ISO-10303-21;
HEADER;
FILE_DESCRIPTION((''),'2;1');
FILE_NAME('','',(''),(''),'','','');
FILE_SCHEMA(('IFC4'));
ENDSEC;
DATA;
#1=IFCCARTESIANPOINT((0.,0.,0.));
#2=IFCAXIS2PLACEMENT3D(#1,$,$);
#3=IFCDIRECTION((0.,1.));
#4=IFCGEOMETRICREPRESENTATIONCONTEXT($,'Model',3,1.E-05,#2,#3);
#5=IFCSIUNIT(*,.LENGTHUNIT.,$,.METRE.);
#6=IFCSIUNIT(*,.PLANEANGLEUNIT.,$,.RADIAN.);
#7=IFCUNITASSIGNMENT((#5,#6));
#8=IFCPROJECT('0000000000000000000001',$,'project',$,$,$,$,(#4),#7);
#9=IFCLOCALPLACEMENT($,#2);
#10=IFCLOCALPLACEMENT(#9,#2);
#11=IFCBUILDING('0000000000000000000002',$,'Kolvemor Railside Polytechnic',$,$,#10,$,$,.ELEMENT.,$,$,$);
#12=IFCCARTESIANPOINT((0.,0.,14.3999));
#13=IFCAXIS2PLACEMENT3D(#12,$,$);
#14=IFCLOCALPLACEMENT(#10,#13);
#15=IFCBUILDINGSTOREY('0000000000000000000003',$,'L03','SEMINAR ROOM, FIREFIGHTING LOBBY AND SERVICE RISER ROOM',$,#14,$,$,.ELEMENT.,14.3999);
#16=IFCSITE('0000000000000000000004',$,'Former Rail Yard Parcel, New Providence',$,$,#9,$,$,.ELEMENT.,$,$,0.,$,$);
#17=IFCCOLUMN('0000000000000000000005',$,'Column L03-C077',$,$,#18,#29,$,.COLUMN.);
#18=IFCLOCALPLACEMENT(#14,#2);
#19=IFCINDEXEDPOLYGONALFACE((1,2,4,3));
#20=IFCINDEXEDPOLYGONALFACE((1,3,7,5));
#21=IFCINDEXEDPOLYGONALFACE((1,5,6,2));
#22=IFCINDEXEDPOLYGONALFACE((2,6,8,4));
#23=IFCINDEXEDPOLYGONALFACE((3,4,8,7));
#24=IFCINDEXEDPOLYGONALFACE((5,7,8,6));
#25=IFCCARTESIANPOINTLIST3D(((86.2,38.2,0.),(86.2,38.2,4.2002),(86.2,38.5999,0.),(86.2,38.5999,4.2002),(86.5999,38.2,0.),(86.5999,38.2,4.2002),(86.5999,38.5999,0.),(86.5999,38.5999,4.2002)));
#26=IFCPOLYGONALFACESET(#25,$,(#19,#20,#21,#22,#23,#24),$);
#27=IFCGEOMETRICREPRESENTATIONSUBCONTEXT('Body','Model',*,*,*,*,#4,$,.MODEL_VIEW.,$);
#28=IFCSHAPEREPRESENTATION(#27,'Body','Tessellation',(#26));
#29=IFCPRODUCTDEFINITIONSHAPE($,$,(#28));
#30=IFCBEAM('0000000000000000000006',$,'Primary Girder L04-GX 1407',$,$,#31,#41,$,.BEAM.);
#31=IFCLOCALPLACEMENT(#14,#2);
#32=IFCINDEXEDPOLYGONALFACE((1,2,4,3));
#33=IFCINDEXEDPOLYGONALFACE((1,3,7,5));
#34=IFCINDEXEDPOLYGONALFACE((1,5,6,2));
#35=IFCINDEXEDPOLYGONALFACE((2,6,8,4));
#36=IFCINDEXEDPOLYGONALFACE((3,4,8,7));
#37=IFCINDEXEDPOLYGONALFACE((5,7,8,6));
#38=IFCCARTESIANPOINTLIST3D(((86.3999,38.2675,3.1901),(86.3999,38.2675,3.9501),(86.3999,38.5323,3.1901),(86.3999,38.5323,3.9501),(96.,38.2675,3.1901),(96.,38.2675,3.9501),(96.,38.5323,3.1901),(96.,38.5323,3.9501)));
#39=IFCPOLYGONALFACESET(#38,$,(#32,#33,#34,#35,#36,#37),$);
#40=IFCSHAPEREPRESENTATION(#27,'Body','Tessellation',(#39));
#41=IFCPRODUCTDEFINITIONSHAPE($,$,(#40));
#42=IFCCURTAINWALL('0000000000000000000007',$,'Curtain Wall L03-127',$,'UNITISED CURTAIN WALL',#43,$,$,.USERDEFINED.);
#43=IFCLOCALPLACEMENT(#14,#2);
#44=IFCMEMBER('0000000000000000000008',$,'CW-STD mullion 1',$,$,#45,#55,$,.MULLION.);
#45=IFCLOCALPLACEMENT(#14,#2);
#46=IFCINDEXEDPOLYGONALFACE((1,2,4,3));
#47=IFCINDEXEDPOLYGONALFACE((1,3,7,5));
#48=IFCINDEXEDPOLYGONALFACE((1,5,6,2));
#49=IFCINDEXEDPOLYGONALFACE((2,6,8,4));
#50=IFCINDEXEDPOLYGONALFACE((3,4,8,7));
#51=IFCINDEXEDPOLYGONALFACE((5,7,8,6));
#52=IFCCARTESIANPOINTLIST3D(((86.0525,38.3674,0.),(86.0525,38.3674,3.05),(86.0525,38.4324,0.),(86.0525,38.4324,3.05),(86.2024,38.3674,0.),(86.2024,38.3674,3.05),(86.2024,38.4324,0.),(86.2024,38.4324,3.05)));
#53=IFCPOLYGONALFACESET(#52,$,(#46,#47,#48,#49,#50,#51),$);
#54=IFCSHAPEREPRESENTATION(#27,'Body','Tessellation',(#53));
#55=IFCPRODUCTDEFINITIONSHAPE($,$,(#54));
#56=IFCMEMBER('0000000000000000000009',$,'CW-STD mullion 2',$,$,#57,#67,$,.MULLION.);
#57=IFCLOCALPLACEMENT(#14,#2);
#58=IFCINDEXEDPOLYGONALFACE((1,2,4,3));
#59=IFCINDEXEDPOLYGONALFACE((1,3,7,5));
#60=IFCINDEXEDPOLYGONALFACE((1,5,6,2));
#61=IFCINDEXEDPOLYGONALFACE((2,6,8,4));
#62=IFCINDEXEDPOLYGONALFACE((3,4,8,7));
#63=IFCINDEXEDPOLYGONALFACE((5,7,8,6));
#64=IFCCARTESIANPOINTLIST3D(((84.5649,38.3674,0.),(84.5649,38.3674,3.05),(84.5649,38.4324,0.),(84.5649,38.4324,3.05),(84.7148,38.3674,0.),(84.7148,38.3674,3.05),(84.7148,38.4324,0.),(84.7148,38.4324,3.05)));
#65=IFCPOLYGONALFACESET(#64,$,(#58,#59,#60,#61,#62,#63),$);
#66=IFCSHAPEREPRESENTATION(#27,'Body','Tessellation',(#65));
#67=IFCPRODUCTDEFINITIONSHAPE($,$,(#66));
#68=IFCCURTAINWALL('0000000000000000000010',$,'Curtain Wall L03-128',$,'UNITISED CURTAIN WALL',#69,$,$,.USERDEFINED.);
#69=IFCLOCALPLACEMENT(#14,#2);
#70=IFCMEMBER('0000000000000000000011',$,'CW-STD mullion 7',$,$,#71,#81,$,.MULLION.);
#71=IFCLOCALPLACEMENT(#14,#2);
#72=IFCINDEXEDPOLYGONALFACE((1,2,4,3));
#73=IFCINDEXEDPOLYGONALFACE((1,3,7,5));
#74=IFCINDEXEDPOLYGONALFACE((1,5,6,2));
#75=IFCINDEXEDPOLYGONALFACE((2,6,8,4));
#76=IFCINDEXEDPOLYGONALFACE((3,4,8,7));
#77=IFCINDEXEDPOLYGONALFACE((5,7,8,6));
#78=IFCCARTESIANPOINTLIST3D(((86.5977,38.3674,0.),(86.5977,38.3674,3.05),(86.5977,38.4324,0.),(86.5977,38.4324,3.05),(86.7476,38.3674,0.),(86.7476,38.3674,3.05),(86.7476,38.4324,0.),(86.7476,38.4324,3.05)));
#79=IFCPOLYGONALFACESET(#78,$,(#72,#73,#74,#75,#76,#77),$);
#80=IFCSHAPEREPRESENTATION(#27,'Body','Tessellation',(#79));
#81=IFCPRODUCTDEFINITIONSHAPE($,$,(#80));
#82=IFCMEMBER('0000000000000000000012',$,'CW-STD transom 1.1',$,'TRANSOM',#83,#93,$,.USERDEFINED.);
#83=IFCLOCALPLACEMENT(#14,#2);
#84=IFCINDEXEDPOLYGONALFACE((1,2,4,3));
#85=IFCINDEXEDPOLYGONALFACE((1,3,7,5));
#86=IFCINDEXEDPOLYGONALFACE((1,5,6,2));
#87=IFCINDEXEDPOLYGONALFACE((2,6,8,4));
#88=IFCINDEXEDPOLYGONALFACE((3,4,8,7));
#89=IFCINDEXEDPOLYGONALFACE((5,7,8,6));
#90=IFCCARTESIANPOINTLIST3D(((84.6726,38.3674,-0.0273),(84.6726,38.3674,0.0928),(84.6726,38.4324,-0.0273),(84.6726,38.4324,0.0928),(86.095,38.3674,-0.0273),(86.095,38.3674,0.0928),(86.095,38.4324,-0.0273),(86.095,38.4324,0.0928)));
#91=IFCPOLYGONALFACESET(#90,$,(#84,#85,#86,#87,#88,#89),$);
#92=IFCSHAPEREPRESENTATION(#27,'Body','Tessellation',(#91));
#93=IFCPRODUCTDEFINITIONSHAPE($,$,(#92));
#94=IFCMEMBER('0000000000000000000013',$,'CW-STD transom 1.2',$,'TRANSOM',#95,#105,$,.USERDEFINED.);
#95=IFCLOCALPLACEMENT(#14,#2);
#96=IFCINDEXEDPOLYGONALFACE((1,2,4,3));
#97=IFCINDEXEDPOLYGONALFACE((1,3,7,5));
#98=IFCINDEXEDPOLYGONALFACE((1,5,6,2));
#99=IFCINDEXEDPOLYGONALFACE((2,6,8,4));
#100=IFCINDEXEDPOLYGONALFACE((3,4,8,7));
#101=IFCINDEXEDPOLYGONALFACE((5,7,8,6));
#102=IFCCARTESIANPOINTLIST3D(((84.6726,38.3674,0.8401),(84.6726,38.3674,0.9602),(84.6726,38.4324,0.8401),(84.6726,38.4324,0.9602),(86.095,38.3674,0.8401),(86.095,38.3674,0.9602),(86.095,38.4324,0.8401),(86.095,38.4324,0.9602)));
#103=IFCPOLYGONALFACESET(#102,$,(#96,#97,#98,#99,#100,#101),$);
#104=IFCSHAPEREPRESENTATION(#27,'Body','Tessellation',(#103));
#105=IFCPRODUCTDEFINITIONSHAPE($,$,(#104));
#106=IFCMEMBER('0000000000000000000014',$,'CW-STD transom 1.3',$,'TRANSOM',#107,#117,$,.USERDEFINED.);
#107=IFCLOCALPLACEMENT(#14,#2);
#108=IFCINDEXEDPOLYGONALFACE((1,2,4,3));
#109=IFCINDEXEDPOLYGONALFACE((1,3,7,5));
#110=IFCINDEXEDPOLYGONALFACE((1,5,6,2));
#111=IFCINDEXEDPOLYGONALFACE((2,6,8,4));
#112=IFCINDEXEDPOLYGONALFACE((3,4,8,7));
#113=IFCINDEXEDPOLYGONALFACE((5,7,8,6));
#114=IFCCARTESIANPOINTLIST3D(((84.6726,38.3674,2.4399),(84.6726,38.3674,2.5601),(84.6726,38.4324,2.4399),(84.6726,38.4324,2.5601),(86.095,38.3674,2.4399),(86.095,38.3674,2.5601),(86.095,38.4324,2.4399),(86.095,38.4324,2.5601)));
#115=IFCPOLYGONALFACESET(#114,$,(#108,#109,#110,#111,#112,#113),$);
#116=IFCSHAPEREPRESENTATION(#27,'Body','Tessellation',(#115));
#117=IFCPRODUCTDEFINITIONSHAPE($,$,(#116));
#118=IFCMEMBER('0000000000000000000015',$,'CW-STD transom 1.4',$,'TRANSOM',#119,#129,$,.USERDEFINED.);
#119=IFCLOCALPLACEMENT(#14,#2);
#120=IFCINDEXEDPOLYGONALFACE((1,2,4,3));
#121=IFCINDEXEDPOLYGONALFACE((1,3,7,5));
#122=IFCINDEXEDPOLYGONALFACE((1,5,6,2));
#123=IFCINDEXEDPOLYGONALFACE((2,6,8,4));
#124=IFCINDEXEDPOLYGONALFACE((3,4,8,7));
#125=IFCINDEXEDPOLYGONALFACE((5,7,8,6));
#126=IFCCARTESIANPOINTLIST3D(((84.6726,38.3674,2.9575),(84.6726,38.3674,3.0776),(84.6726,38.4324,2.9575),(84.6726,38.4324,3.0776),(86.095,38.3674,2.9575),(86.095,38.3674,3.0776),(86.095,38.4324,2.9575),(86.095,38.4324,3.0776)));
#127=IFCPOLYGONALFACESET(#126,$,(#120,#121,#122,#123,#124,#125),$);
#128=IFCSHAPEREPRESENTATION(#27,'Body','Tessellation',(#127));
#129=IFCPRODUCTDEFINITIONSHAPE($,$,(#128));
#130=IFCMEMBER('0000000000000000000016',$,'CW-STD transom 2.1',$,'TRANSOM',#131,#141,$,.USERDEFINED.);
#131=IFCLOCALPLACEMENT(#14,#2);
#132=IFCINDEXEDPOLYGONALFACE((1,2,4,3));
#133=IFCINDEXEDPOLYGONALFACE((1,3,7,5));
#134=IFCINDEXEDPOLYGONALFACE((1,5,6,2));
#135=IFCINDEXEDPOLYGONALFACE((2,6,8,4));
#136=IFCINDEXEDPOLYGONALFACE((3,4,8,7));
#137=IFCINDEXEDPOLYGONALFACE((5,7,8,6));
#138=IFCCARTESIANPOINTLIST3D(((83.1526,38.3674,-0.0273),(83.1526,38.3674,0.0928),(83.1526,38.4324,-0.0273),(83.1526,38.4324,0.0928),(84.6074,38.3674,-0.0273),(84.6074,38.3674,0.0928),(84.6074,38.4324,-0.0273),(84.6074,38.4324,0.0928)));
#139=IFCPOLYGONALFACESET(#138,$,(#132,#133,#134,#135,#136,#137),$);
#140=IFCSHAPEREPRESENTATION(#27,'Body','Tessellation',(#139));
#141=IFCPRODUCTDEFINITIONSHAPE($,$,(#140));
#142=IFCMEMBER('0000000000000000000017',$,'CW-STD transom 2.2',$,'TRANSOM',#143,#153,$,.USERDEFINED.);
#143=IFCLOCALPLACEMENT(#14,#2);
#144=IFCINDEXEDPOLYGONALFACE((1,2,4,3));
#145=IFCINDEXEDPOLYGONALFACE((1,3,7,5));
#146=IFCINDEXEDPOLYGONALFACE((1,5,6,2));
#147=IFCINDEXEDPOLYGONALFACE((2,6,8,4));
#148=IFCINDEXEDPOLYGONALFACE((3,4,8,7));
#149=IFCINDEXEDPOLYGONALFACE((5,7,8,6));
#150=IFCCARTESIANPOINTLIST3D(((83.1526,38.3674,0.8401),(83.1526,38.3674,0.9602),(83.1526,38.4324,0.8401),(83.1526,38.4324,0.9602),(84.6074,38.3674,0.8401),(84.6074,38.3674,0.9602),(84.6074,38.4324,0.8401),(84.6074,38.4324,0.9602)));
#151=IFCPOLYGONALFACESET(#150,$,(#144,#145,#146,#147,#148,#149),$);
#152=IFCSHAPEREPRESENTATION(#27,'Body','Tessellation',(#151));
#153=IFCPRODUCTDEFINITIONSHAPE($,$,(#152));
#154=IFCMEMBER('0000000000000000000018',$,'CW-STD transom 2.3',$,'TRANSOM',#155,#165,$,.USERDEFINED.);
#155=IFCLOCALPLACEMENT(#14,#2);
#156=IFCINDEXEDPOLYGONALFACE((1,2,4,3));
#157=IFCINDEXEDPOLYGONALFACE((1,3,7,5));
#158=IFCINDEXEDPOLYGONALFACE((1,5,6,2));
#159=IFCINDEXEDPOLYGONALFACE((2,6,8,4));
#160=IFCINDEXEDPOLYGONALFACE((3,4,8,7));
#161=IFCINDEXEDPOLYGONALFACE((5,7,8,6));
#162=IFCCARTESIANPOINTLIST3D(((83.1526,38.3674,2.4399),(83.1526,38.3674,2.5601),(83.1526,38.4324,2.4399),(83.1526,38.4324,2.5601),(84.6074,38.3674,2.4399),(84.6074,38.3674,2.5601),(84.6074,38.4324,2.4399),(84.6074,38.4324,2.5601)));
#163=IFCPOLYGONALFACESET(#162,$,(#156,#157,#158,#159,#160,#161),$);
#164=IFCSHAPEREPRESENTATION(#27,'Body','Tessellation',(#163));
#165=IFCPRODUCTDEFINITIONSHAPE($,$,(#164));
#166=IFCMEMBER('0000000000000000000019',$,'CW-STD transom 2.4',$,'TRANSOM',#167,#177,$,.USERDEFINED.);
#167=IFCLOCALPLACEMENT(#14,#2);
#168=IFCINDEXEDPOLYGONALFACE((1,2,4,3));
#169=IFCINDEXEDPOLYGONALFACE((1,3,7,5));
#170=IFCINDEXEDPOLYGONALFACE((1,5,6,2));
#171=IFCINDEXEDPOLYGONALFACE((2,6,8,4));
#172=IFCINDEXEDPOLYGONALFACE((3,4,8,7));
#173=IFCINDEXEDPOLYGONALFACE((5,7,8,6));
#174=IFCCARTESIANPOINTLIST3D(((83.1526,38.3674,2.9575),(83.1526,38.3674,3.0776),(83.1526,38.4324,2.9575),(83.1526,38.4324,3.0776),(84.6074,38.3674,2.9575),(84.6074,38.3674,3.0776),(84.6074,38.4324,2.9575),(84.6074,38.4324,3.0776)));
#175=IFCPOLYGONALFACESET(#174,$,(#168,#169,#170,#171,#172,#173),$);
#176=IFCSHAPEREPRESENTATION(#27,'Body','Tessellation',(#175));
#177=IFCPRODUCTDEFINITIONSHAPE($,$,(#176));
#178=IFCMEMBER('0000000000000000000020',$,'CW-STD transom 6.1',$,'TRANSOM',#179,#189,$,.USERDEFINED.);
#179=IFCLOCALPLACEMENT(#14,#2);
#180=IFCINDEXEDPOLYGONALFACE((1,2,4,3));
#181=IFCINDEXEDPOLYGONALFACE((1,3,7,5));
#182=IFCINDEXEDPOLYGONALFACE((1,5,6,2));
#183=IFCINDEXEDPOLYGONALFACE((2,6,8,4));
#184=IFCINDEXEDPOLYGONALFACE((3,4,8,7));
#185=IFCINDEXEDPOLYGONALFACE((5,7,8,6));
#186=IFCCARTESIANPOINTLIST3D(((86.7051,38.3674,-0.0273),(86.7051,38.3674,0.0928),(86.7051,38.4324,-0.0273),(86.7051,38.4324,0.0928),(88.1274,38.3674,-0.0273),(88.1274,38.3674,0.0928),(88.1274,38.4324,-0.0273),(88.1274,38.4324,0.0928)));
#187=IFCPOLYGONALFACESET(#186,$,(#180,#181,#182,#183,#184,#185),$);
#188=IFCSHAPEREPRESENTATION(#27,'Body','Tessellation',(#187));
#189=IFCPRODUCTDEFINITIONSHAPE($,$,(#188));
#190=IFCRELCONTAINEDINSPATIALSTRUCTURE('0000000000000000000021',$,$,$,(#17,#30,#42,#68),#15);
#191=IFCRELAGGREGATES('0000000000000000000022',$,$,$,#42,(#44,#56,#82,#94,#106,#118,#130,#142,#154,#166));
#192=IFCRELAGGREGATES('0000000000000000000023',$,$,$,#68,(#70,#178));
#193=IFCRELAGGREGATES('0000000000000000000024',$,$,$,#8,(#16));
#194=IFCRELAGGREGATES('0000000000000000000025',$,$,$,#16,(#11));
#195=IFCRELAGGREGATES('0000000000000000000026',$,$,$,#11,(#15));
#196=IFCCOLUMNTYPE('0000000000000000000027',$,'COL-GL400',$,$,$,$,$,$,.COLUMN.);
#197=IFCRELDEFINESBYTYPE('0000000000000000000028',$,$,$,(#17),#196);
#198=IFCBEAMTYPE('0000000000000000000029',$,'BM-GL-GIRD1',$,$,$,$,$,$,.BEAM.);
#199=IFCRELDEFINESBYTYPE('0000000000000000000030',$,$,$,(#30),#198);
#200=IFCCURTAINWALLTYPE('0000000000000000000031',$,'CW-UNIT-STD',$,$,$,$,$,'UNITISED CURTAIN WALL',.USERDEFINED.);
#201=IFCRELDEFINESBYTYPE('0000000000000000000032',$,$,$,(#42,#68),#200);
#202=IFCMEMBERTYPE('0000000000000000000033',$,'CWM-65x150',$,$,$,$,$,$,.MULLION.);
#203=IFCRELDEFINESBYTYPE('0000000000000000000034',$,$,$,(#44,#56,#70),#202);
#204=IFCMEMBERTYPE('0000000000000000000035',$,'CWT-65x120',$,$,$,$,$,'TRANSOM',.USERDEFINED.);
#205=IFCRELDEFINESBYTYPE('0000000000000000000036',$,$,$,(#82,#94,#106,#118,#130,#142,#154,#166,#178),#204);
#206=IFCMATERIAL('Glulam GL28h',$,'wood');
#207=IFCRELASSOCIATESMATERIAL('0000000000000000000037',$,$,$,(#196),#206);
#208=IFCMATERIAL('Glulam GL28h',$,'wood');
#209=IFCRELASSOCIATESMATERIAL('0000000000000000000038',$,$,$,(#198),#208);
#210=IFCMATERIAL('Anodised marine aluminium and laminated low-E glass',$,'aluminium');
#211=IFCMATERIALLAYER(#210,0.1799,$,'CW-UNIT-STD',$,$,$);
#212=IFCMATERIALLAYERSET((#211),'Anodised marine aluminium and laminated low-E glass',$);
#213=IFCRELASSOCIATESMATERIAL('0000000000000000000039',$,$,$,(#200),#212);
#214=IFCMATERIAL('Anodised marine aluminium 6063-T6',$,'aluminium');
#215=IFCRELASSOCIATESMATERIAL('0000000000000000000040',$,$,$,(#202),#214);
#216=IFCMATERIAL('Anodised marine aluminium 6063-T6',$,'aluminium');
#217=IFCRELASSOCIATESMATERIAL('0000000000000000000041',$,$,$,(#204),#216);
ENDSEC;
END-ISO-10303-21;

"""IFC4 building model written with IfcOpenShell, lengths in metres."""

from ifc_helpers import new_model, si_unit, direction, frame, origin, origin_2d, place, context, subcontext, project, spatial, rectangle, extrude, material, layer, layer_set, material_profile, profile_set, type_object, element, aggregate, save


model = new_model("IFC4")

# Units and contexts
model_context = context("Model", 3, precision=1e-05, world=origin(), true_north=direction((0.0, 1.0)))
body_context = subcontext(model_context, "Body", "Model", "MODEL_VIEW")
ifc_project = project(units=[si_unit("LENGTHUNIT", "METRE"), si_unit("PLANEANGLEUNIT", "RADIAN")], contexts=[model_context])

# Site, building, storey
site_placement = place(None, origin())
site = spatial("IfcSite", under=ifc_project, at=site_placement, Name="Former Rail Yard Parcel, New Providence", CompositionType="ELEMENT", RefElevation=0.0)
building_placement = place(site_placement, origin())
building = spatial("IfcBuilding", under=site, at=building_placement, Name="Kolvemor Railside Polytechnic", CompositionType="ELEMENT")
storey_placement = place(building_placement, frame((0.0, 0.0, 14.3999)))
storey = spatial("IfcBuildingStorey", under=building, at=storey_placement, Name="L03", Description="SEMINAR ROOM, FIREFIGHTING LOBBY AND SERVICE RISER ROOM", CompositionType="ELEMENT", Elevation=14.3999)

# Column
ifc_material_1 = material(Name="Glulam GL28h", Category="wood")
ifc_material_profile_1 = material_profile(ifc_material_1, rectangle(XDim=0.3999, YDim=0.3999, at=origin_2d()), Name="GL400x400")
ifc_profile_set_1 = profile_set([ifc_material_profile_1], Name="Glulam GL28h")
column_type = type_object("IfcColumnType", Name="COL-GL400", PredefinedType="COLUMN", material=ifc_profile_set_1)
column_placement = place(storey_placement, frame((86.3999, 38.3999, 0.0), z_axis=(0.0, 0.0, 1.0), x_axis=(1.0, 0.0, 0.0)))
element("IfcColumn", 1, at=column_placement, inside=storey, type_object=column_type, Name="Column L03-C077", PredefinedType="COLUMN", context=body_context, shape_type="SweptSolid", body=[
    extrude(rectangle(XDim=0.3999, YDim=0.3999, at=origin_2d()), origin(), (0.0, 0.0, 1.0), 4.2002),
])

# Beam
ifc_material_2 = material(Name="Glulam GL28h", Category="wood")
ifc_material_profile_2 = material_profile(ifc_material_2, rectangle(XDim=0.2649, YDim=0.76, at=origin_2d()), Name="GL265x760")
ifc_profile_set_2 = profile_set([ifc_material_profile_2], Name="Glulam GL28h")
beam_type = type_object("IfcBeamType", Name="BM-GL-GIRD1", PredefinedType="BEAM", material=ifc_profile_set_2)
beam_placement = place(storey_placement, frame((86.3999, 38.3999, 3.5701), z_axis=(1.0, 0.0, 0.0), x_axis=(0.0, 1.0, 0.0)))
element("IfcBeam", 2, at=beam_placement, inside=storey, type_object=beam_type, Name="Primary Girder L04-GX 1407", PredefinedType="BEAM", context=body_context, shape_type="SweptSolid", body=[
    extrude(rectangle(XDim=0.2649, YDim=0.76, at=origin_2d()), origin(), (0.0, 0.0, 1.0), 9.6001),
])

# Curtain wall, members
ifc_material_3 = material(Name="Anodised marine aluminium and laminated low-E glass", Category="aluminium")
ifc_layer_1 = layer(ifc_material_3, 0.1799, Name="CW-UNIT-STD")
ifc_layer_set_1 = layer_set([ifc_layer_1], Name="Anodised marine aluminium and laminated low-E glass")
curtain_wall_type = type_object("IfcCurtainWallType", Name="CW-UNIT-STD", ElementType="UNITISED CURTAIN WALL", PredefinedType="USERDEFINED", material=ifc_layer_set_1)
curtain_wall_1_placement = place(storey_placement, origin())
curtain_wall_1 = element("IfcCurtainWall", 3, at=curtain_wall_1_placement, inside=storey, type_object=curtain_wall_type, Name="Curtain Wall L03-127", ObjectType="UNITISED CURTAIN WALL", PredefinedType="USERDEFINED")
ifc_material_4 = material(Name="Anodised marine aluminium 6063-T6", Category="aluminium")
ifc_material_profile_3 = material_profile(ifc_material_4, rectangle(XDim=0.0649, YDim=0.1499, at=origin_2d()), Name="CW-MUL-65x150")
ifc_profile_set_3 = profile_set([ifc_material_profile_3], Name="Anodised marine aluminium 6063-T6")
member_type_1 = type_object("IfcMemberType", Name="CWM-65x150", PredefinedType="MULLION", material=ifc_profile_set_3)
member_1_placement = place(storey_placement, frame((86.1274, 38.3999, 0.0), z_axis=(0.0, 0.0, 1.0), x_axis=(0.0, -1.0, 0.0)))
member_1 = element("IfcMember", 4, at=member_1_placement, type_object=member_type_1, Name="CW-STD mullion 1", PredefinedType="MULLION", context=body_context, shape_type="SweptSolid", body=[
    extrude(rectangle(XDim=0.0649, YDim=0.1499, at=origin_2d()), origin(), (0.0, 0.0, 1.0), 3.05),
])
member_2_placement = place(storey_placement, frame((84.6399, 38.3999, 0.0), z_axis=(0.0, 0.0, 1.0), x_axis=(0.0, -1.0, 0.0)))
member_2 = element("IfcMember", 5, at=member_2_placement, type_object=member_type_1, Name="CW-STD mullion 2", PredefinedType="MULLION", context=body_context, shape_type="SweptSolid", body=[
    extrude(rectangle(XDim=0.0649, YDim=0.1499, at=origin_2d()), origin(), (0.0, 0.0, 1.0), 3.05),
])

# Curtain wall, member
curtain_wall_2_placement = place(storey_placement, origin())
curtain_wall_2 = element("IfcCurtainWall", 6, at=curtain_wall_2_placement, inside=storey, type_object=curtain_wall_type, Name="Curtain Wall L03-128", ObjectType="UNITISED CURTAIN WALL", PredefinedType="USERDEFINED")
member_3_placement = place(storey_placement, frame((86.6726, 38.3999, 0.0), z_axis=(0.0, 0.0, 1.0), x_axis=(0.0, -1.0, 0.0)))
member_3 = element("IfcMember", 7, at=member_3_placement, type_object=member_type_1, Name="CW-STD mullion 7", PredefinedType="MULLION", context=body_context, shape_type="SweptSolid", body=[
    extrude(rectangle(XDim=0.0649, YDim=0.1499, at=origin_2d()), origin(), (0.0, 0.0, 1.0), 3.05),
])

# Members
ifc_material_5 = material(Name="Anodised marine aluminium 6063-T6", Category="aluminium")
ifc_material_profile_4 = material_profile(ifc_material_5, rectangle(XDim=0.0649, YDim=0.1201, at=origin_2d()), Name="CW-TRN-65x120")
ifc_profile_set_4 = profile_set([ifc_material_profile_4], Name="Anodised marine aluminium 6063-T6")
member_type_2 = type_object("IfcMemberType", Name="CWT-65x120", ElementType="TRANSOM", PredefinedType="USERDEFINED", material=ifc_profile_set_4)
member_4_placement = place(storey_placement, frame((86.095, 38.3999, 0.0327), z_axis=(-1.0, 0.0, 0.0), x_axis=(0.0, -1.0, 0.0)))
member_4 = element("IfcMember", 8, at=member_4_placement, type_object=member_type_2, Name="CW-STD transom 1.1", ObjectType="TRANSOM", PredefinedType="USERDEFINED", context=body_context, shape_type="SweptSolid", body=[
    extrude(rectangle(XDim=0.0649, YDim=0.1201, at=origin_2d()), origin(), (0.0, 0.0, 1.0), 1.4224),
])
member_5_placement = place(storey_placement, frame((86.095, 38.3999, 0.9001), z_axis=(-1.0, 0.0, 0.0), x_axis=(0.0, -1.0, 0.0)))
member_5 = element("IfcMember", 9, at=member_5_placement, type_object=member_type_2, Name="CW-STD transom 1.2", ObjectType="TRANSOM", PredefinedType="USERDEFINED", context=body_context, shape_type="SweptSolid", body=[
    extrude(rectangle(XDim=0.0649, YDim=0.1201, at=origin_2d()), origin(), (0.0, 0.0, 1.0), 1.4224),
])
member_6_placement = place(storey_placement, frame((86.095, 38.3999, 2.5), z_axis=(-1.0, 0.0, 0.0), x_axis=(0.0, -1.0, 0.0)))
member_6 = element("IfcMember", 10, at=member_6_placement, type_object=member_type_2, Name="CW-STD transom 1.3", ObjectType="TRANSOM", PredefinedType="USERDEFINED", context=body_context, shape_type="SweptSolid", body=[
    extrude(rectangle(XDim=0.0649, YDim=0.1201, at=origin_2d()), origin(), (0.0, 0.0, 1.0), 1.4224),
])
member_7_placement = place(storey_placement, frame((86.095, 38.3999, 3.0176), z_axis=(-1.0, 0.0, 0.0), x_axis=(0.0, -1.0, 0.0)))
member_7 = element("IfcMember", 11, at=member_7_placement, type_object=member_type_2, Name="CW-STD transom 1.4", ObjectType="TRANSOM", PredefinedType="USERDEFINED", context=body_context, shape_type="SweptSolid", body=[
    extrude(rectangle(XDim=0.0649, YDim=0.1201, at=origin_2d()), origin(), (0.0, 0.0, 1.0), 1.4224),
])
member_8_placement = place(storey_placement, frame((84.6074, 38.3999, 0.0327), z_axis=(-1.0, 0.0, 0.0), x_axis=(0.0, -1.0, 0.0)))
member_8 = element("IfcMember", 12, at=member_8_placement, type_object=member_type_2, Name="CW-STD transom 2.1", ObjectType="TRANSOM", PredefinedType="USERDEFINED", context=body_context, shape_type="SweptSolid", body=[
    extrude(rectangle(XDim=0.0649, YDim=0.1201, at=origin_2d()), origin(), (0.0, 0.0, 1.0), 1.4548),
])
member_9_placement = place(storey_placement, frame((84.6074, 38.3999, 0.9001), z_axis=(-1.0, 0.0, 0.0), x_axis=(0.0, -1.0, 0.0)))
member_9 = element("IfcMember", 13, at=member_9_placement, type_object=member_type_2, Name="CW-STD transom 2.2", ObjectType="TRANSOM", PredefinedType="USERDEFINED", context=body_context, shape_type="SweptSolid", body=[
    extrude(rectangle(XDim=0.0649, YDim=0.1201, at=origin_2d()), origin(), (0.0, 0.0, 1.0), 1.4548),
])
member_10_placement = place(storey_placement, frame((84.6074, 38.3999, 2.5), z_axis=(-1.0, 0.0, 0.0), x_axis=(0.0, -1.0, 0.0)))
member_10 = element("IfcMember", 14, at=member_10_placement, type_object=member_type_2, Name="CW-STD transom 2.3", ObjectType="TRANSOM", PredefinedType="USERDEFINED", context=body_context, shape_type="SweptSolid", body=[
    extrude(rectangle(XDim=0.0649, YDim=0.1201, at=origin_2d()), origin(), (0.0, 0.0, 1.0), 1.4548),
])
member_11_placement = place(storey_placement, frame((84.6074, 38.3999, 3.0176), z_axis=(-1.0, 0.0, 0.0), x_axis=(0.0, -1.0, 0.0)))
member_11 = element("IfcMember", 15, at=member_11_placement, type_object=member_type_2, Name="CW-STD transom 2.4", ObjectType="TRANSOM", PredefinedType="USERDEFINED", context=body_context, shape_type="SweptSolid", body=[
    extrude(rectangle(XDim=0.0649, YDim=0.1201, at=origin_2d()), origin(), (0.0, 0.0, 1.0), 1.4548),
])
member_12_placement = place(storey_placement, frame((88.1274, 38.3999, 0.0327), z_axis=(-1.0, 0.0, 0.0), x_axis=(0.0, -1.0, 0.0)))
member_12 = element("IfcMember", 16, at=member_12_placement, type_object=member_type_2, Name="CW-STD transom 6.1", ObjectType="TRANSOM", PredefinedType="USERDEFINED", context=body_context, shape_type="SweptSolid", body=[
    extrude(rectangle(XDim=0.0649, YDim=0.1201, at=origin_2d()), origin(), (0.0, 0.0, 1.0), 1.4224),
])

aggregate(curtain_wall_1, [member_1, member_2, member_4, member_5, member_6, member_7, member_8, member_9, member_10, member_11])
aggregate(curtain_wall_2, [member_3, member_12])

save(model, "model.ifc")
